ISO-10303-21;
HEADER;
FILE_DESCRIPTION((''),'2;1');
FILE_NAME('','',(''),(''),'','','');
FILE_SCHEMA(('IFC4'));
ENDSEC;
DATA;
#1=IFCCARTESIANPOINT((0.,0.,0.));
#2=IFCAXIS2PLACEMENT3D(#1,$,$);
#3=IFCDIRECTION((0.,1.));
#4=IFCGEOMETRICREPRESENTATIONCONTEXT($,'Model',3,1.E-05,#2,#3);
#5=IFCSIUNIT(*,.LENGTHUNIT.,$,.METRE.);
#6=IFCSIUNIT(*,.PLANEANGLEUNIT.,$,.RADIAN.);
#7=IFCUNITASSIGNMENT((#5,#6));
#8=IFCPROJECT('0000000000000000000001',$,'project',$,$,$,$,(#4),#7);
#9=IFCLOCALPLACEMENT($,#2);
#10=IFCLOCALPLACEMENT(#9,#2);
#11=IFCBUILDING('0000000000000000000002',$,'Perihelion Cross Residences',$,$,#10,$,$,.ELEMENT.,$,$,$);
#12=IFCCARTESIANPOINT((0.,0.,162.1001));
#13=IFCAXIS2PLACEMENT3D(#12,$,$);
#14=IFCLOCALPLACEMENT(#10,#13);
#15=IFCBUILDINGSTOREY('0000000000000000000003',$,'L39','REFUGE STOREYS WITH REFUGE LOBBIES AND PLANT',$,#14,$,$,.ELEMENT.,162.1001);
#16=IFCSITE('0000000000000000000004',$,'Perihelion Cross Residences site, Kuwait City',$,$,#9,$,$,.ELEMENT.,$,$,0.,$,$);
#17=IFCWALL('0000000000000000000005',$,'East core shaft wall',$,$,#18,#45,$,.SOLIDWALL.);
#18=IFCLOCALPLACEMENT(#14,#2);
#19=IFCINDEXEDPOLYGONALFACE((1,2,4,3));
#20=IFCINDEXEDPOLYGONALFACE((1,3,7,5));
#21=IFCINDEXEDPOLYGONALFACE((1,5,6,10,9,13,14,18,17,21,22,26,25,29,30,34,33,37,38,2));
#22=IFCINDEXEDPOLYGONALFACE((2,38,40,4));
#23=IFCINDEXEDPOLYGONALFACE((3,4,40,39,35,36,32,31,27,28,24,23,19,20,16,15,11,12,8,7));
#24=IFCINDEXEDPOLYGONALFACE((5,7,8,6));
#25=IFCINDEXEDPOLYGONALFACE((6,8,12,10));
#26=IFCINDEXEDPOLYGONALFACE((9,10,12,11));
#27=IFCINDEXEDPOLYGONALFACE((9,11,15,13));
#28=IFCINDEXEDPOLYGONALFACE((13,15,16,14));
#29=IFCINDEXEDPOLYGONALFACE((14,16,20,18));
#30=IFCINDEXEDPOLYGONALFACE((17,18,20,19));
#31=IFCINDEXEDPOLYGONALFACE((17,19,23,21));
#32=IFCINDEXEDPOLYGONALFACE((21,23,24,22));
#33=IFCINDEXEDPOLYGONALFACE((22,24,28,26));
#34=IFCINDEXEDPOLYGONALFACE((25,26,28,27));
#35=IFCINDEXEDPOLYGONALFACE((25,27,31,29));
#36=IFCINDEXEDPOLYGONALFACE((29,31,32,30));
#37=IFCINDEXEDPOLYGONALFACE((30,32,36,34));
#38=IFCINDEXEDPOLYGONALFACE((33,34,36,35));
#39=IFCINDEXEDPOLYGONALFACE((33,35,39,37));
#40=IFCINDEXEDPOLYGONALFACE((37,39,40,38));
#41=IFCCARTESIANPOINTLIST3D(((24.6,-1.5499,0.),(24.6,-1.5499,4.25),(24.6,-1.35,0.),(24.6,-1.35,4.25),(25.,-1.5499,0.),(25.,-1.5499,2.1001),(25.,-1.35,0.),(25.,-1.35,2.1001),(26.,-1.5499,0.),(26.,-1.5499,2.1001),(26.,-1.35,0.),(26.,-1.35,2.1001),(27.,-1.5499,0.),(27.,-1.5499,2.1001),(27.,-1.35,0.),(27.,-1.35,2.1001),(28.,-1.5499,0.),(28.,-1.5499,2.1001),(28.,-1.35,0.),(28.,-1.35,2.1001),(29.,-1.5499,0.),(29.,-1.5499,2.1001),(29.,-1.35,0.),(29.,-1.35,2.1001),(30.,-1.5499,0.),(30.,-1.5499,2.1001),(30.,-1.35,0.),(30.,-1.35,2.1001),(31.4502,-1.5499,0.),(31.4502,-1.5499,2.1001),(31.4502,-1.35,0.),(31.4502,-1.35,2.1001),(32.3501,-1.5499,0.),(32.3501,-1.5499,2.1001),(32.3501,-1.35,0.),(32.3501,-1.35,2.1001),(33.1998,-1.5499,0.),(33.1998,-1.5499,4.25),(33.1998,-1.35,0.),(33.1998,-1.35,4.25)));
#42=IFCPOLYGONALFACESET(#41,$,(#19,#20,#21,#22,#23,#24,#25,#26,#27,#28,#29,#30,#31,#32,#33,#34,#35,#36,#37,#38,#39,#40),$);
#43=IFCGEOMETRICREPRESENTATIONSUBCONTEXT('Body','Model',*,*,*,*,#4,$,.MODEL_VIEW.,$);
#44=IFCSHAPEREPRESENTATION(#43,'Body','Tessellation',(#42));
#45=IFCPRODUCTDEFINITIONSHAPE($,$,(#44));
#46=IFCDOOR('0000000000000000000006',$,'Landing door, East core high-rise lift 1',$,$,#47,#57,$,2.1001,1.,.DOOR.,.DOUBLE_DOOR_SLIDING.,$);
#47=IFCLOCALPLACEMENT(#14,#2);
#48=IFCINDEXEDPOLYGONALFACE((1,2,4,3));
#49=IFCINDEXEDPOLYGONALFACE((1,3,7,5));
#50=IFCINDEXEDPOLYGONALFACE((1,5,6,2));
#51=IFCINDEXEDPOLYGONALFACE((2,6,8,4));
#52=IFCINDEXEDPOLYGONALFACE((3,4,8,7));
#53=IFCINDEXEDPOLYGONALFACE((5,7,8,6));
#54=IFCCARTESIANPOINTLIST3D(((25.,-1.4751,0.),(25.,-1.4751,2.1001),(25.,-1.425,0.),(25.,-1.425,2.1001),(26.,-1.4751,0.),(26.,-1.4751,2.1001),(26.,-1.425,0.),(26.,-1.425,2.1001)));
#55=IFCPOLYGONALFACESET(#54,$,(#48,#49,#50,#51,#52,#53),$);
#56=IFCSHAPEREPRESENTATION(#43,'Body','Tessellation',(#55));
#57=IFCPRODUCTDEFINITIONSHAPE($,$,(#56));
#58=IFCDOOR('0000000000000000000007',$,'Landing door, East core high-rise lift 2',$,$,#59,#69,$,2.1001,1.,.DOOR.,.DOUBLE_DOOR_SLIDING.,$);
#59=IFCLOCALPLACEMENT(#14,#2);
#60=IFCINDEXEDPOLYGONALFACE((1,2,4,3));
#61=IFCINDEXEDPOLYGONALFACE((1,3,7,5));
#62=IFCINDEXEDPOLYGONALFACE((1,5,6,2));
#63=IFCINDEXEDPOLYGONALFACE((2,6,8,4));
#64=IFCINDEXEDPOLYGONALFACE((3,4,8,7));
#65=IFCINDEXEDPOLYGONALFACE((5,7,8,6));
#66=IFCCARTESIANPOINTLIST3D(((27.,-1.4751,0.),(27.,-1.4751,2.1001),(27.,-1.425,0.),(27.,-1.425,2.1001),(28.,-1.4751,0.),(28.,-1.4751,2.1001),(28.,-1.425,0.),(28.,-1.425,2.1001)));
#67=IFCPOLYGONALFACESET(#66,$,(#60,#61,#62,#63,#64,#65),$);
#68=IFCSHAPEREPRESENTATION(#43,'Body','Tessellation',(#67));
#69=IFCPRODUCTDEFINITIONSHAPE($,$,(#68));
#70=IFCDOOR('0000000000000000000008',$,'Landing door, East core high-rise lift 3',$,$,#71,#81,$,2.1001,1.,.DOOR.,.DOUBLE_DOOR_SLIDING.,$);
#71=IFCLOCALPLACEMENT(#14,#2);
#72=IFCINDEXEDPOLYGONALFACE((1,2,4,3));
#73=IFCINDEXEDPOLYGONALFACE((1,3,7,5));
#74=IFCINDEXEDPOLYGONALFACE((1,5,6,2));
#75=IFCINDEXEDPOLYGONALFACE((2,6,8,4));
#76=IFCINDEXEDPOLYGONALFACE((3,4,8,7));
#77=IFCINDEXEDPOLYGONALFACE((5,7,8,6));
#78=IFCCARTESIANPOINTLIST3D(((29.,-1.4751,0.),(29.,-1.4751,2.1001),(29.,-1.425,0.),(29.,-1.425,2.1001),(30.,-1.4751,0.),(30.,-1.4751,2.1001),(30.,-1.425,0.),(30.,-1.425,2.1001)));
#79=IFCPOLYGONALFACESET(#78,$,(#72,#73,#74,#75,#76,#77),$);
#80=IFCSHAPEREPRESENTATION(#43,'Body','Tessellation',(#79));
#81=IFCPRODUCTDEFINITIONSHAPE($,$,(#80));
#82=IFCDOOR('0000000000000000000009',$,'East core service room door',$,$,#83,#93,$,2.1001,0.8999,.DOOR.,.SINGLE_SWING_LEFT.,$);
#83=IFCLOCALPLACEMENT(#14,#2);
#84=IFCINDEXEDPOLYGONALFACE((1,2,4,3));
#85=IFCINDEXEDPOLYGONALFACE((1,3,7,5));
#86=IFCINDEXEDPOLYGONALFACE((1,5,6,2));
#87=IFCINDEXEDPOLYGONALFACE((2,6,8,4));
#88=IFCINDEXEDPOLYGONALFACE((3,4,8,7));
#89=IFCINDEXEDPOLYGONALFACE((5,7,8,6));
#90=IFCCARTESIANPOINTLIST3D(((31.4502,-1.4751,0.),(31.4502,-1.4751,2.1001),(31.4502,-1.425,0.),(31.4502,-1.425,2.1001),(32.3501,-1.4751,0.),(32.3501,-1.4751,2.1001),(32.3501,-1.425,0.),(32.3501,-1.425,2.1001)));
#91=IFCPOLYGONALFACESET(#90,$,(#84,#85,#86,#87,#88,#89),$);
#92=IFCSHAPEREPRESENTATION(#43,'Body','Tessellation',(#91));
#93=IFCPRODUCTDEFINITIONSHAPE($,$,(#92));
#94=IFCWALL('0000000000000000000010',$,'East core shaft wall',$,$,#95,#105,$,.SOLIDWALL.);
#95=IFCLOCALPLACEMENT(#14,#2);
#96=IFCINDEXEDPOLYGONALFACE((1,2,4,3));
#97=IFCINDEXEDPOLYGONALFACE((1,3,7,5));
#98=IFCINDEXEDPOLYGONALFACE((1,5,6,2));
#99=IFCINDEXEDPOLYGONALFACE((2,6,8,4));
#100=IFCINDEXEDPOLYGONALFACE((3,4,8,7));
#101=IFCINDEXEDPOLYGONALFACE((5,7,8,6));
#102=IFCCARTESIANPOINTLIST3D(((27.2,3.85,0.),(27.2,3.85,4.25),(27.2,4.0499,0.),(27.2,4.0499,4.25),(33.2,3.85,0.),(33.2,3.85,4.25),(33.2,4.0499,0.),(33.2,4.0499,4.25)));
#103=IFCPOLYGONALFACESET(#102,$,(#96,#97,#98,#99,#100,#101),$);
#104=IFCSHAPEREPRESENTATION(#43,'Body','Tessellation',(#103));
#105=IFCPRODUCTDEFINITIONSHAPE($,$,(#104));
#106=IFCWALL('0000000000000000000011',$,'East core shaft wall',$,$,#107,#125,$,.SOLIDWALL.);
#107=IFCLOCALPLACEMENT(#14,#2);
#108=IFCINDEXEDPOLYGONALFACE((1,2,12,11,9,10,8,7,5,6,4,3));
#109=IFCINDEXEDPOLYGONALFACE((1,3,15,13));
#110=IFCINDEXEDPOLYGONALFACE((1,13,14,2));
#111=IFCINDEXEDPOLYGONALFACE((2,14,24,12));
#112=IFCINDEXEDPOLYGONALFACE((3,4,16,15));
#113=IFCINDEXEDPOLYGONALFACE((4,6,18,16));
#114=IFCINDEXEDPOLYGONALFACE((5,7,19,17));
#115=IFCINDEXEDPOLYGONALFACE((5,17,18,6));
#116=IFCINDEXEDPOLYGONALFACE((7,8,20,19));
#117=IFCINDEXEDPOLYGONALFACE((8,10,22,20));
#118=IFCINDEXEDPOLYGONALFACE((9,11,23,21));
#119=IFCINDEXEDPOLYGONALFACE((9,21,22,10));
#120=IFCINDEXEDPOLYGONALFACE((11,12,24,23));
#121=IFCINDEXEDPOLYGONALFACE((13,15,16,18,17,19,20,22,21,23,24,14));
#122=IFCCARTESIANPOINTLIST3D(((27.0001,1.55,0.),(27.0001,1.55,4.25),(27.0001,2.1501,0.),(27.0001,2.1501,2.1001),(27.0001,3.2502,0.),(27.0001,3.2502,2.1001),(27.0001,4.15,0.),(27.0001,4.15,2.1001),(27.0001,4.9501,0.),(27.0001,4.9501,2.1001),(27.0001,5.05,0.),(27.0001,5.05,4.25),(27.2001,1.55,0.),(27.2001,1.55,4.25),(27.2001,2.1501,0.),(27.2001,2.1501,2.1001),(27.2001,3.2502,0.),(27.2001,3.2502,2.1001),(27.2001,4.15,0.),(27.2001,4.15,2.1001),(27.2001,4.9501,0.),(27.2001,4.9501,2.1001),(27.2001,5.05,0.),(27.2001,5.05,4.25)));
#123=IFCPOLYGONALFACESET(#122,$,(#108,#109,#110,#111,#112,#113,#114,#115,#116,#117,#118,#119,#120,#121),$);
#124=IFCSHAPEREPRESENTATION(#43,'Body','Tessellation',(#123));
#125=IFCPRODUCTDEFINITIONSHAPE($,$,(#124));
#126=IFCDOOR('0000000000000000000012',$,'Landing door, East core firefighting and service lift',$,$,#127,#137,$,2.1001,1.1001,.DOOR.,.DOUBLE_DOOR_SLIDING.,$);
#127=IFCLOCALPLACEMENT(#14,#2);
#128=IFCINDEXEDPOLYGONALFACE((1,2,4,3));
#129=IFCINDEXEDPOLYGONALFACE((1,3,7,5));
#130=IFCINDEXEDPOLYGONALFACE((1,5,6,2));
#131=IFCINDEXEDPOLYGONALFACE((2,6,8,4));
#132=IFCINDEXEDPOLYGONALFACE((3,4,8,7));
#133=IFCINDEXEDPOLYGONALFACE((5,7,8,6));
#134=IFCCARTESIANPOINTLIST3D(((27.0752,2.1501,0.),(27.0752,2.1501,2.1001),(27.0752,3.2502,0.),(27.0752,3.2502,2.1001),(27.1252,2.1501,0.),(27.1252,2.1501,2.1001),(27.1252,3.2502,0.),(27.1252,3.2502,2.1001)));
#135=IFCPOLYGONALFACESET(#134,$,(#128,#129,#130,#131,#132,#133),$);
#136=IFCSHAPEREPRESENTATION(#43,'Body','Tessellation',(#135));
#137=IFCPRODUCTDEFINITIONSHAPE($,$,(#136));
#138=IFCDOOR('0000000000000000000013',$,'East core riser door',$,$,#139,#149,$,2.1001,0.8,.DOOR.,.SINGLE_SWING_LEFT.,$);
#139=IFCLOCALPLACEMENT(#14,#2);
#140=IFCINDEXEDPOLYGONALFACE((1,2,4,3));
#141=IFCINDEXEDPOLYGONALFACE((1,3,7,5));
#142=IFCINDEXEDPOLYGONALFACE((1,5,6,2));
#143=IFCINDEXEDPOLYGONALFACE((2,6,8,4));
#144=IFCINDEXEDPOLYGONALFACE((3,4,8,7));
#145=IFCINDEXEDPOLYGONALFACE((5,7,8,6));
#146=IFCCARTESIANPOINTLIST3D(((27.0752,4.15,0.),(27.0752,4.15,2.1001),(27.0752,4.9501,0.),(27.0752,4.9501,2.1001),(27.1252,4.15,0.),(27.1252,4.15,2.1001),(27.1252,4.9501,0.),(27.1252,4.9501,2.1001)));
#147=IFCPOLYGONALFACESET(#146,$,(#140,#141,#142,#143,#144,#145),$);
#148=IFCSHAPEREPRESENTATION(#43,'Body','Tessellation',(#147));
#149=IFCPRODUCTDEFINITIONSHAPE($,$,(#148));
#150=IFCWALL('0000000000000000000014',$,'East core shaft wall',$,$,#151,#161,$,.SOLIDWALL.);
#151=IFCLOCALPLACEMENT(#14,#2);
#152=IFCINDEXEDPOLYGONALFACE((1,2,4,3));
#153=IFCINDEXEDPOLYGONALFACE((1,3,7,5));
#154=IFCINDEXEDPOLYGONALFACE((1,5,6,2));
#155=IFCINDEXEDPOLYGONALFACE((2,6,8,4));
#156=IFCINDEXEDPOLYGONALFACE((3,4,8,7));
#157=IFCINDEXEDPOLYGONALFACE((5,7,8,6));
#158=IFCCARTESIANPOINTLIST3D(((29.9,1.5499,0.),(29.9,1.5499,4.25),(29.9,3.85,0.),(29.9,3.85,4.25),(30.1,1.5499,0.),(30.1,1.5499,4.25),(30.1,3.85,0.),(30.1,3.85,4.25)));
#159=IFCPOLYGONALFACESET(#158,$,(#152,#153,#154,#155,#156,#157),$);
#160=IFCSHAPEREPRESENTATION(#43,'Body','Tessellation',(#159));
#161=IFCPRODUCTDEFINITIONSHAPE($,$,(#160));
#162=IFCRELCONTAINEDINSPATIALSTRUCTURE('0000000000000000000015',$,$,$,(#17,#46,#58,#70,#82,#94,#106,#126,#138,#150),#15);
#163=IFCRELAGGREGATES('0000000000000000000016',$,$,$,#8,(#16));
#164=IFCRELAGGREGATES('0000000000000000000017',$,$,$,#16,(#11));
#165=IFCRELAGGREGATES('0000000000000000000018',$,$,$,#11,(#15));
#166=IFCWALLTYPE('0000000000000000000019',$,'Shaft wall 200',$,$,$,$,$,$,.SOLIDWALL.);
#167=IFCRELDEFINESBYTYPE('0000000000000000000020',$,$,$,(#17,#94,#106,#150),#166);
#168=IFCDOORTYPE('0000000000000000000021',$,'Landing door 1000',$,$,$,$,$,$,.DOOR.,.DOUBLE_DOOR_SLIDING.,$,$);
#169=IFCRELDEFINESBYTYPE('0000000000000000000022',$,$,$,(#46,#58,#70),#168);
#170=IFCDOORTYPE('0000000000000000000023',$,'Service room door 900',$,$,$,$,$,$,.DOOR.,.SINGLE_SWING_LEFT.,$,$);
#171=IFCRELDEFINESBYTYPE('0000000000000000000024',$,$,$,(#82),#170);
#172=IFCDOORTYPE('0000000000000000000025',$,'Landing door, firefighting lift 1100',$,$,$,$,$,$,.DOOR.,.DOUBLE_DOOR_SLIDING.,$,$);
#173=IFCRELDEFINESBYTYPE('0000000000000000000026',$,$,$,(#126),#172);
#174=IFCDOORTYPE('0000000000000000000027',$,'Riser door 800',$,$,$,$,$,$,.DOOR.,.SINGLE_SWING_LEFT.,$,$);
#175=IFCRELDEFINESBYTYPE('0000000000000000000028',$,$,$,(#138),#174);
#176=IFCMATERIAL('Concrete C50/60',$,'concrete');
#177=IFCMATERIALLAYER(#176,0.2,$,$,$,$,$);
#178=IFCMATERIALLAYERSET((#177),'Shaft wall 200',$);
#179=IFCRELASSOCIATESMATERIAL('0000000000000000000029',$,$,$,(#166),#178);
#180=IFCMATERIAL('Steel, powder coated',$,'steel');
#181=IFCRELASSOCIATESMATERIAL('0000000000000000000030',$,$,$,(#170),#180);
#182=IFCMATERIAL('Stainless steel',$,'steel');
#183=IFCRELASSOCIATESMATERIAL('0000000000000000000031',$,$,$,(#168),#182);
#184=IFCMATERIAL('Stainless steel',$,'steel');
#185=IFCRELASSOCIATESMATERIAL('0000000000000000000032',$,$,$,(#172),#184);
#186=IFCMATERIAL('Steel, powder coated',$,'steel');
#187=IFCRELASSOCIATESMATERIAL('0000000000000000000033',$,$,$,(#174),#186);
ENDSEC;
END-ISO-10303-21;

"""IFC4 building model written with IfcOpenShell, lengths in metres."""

from ifc_helpers import new_model, si_unit, direction, frame, frame_2d, origin, place, context, subcontext, project, spatial, rectangle, extrude, material, layer, layer_set, type_object, element, fill, save


model = new_model("IFC4")

# Units and contexts
model_context = context("Model", 3, precision=1e-05, world=origin(), true_north=direction((0.0, 1.0)))
body_context = subcontext(model_context, "Body", "Model", "MODEL_VIEW")
ifc_project = project(units=[si_unit("LENGTHUNIT", "METRE"), si_unit("PLANEANGLEUNIT", "RADIAN")], contexts=[model_context])

# Site, building, storey
site_placement = place(None, origin())
site = spatial("IfcSite", under=ifc_project, at=site_placement, Name="Perihelion Cross Residences site, Kuwait City", CompositionType="ELEMENT", RefElevation=0.0)
building_placement = place(site_placement, origin())
building = spatial("IfcBuilding", under=site, at=building_placement, Name="Perihelion Cross Residences", CompositionType="ELEMENT")
storey_placement = place(building_placement, frame((0.0, 0.0, 162.1001)))
storey = spatial("IfcBuildingStorey", under=building, at=storey_placement, Name="L39", Description="REFUGE STOREYS WITH REFUGE LOBBIES AND PLANT", CompositionType="ELEMENT", Elevation=162.1001)

# Wall, openings, doors
ifc_material_1 = material(Name="Concrete C50/60", Category="concrete")
ifc_layer_1 = layer(ifc_material_1, 0.2)
ifc_layer_set_1 = layer_set([ifc_layer_1], Name="Shaft wall 200")
wall_type_1 = type_object("IfcWallType", Name="Shaft wall 200", PredefinedType="SOLIDWALL", material=ifc_layer_set_1)
ifc_material_2 = material(Name="Steel, powder coated", Category="steel")
door_type_1 = type_object("IfcDoorType", Name="Service room door 900", OperationType="SINGLE_SWING_LEFT", PredefinedType="DOOR", material=ifc_material_2)
wall_1_placement = place(storey_placement, frame((24.6001, -1.45, 0.0), z_axis=(0.0, 0.0, 1.0), x_axis=(1.0, 0.0, 0.0)))
wall_1 = element("IfcWall", 1, at=wall_1_placement, inside=storey, type_object=wall_type_1, Name="East core shaft wall", PredefinedType="SOLIDWALL", context=body_context, shape_type="SweptSolid", body=[
    extrude(rectangle(XDim=8.5999, YDim=0.2, at=frame_2d((4.2998, 0.0))), origin(), (0.0, 0.0, 1.0), 4.25),
])
opening_1_placement = place(wall_1_placement, frame((0.3999, 0.0, 0.0)))
opening_1 = element("IfcOpeningElement", 2, at=opening_1_placement, cuts=wall_1, PredefinedType="OPENING", context=body_context, shape_type="SweptSolid", body=[
    extrude(rectangle(XDim=1.0, YDim=2.1001, at=frame_2d((0.5, 1.05))), frame((0.0, 0.1099, 0.0), z_axis=(0.0, -1.0, 0.0), x_axis=(1.0, 0.0, 0.0)), (0.0, 0.0, 1.0), 0.22),
])
opening_2_placement = place(wall_1_placement, frame((2.3999, 0.0, 0.0)))
opening_2 = element("IfcOpeningElement", 3, at=opening_2_placement, cuts=wall_1, PredefinedType="OPENING", context=body_context, shape_type="SweptSolid", body=[
    extrude(rectangle(XDim=1.0, YDim=2.1001, at=frame_2d((0.5, 1.05))), frame((0.0, 0.1099, 0.0), z_axis=(0.0, -1.0, 0.0), x_axis=(1.0, 0.0, 0.0)), (0.0, 0.0, 1.0), 0.22),
])
opening_3_placement = place(wall_1_placement, frame((4.3999, 0.0, 0.0)))
opening_3 = element("IfcOpeningElement", 4, at=opening_3_placement, cuts=wall_1, PredefinedType="OPENING", context=body_context, shape_type="SweptSolid", body=[
    extrude(rectangle(XDim=1.0, YDim=2.1001, at=frame_2d((0.5, 1.05))), frame((0.0, 0.1099, 0.0), z_axis=(0.0, -1.0, 0.0), x_axis=(1.0, 0.0, 0.0)), (0.0, 0.0, 1.0), 0.22),
])
opening_4_placement = place(wall_1_placement, frame((6.8501, 0.0, 0.0)))
opening_4 = element("IfcOpeningElement", 5, at=opening_4_placement, cuts=wall_1, PredefinedType="OPENING", context=body_context, shape_type="SweptSolid", body=[
    extrude(rectangle(XDim=0.8999, YDim=2.1001, at=frame_2d((0.45, 1.05))), frame((0.0, 0.1099, 0.0), z_axis=(0.0, -1.0, 0.0), x_axis=(1.0, 0.0, 0.0)), (0.0, 0.0, 1.0), 0.22),
])
ifc_material_3 = material(Name="Stainless steel", Category="steel")
door_type_2 = type_object("IfcDoorType", Name="Landing door 1000", OperationType="DOUBLE_DOOR_SLIDING", PredefinedType="DOOR", material=ifc_material_3)
door_1_placement = place(opening_1_placement, origin())
door_1 = element("IfcDoor", 6, at=door_1_placement, inside=storey, type_object=door_type_2, Name="Landing door, East core high-rise lift 1", OperationType="DOUBLE_DOOR_SLIDING", OverallHeight=2.1001, OverallWidth=1.0, PredefinedType="DOOR", context=body_context, shape_type="SweptSolid", body=[
    extrude(rectangle(XDim=1.0, YDim=2.1001, at=frame_2d((0.5, 1.05))), frame((0.0, 0.0249, 0.0), z_axis=(0.0, -1.0, 0.0), x_axis=(1.0, 0.0, 0.0)), (0.0, 0.0, 1.0), 0.05),
])
fill(opening_1, door_1)
door_2_placement = place(opening_2_placement, origin())
door_2 = element("IfcDoor", 7, at=door_2_placement, inside=storey, type_object=door_type_2, Name="Landing door, East core high-rise lift 2", OperationType="DOUBLE_DOOR_SLIDING", OverallHeight=2.1001, OverallWidth=1.0, PredefinedType="DOOR", context=body_context, shape_type="SweptSolid", body=[
    extrude(rectangle(XDim=1.0, YDim=2.1001, at=frame_2d((0.5, 1.05))), frame((0.0, 0.0249, 0.0), z_axis=(0.0, -1.0, 0.0), x_axis=(1.0, 0.0, 0.0)), (0.0, 0.0, 1.0), 0.05),
])
fill(opening_2, door_2)
door_3_placement = place(opening_3_placement, origin())
door_3 = element("IfcDoor", 8, at=door_3_placement, inside=storey, type_object=door_type_2, Name="Landing door, East core high-rise lift 3", OperationType="DOUBLE_DOOR_SLIDING", OverallHeight=2.1001, OverallWidth=1.0, PredefinedType="DOOR", context=body_context, shape_type="SweptSolid", body=[
    extrude(rectangle(XDim=1.0, YDim=2.1001, at=frame_2d((0.5, 1.05))), frame((0.0, 0.0249, 0.0), z_axis=(0.0, -1.0, 0.0), x_axis=(1.0, 0.0, 0.0)), (0.0, 0.0, 1.0), 0.05),
])
fill(opening_3, door_3)
door_4_placement = place(opening_4_placement, origin())
door_4 = element("IfcDoor", 9, at=door_4_placement, inside=storey, type_object=door_type_1, Name="East core service room door", OperationType="SINGLE_SWING_LEFT", OverallHeight=2.1001, OverallWidth=0.8999, PredefinedType="DOOR", context=body_context, shape_type="SweptSolid", body=[
    extrude(rectangle(XDim=0.8999, YDim=2.1001, at=frame_2d((0.45, 1.05))), frame((0.0, 0.0249, 0.0), z_axis=(0.0, -1.0, 0.0), x_axis=(1.0, 0.0, 0.0)), (0.0, 0.0, 1.0), 0.05),
])
fill(opening_4, door_4)

# Wall
wall_2_placement = place(storey_placement, frame((27.2, 3.95, 0.0), z_axis=(0.0, 0.0, 1.0), x_axis=(1.0, 0.0, 0.0)))
element("IfcWall", 10, at=wall_2_placement, inside=storey, type_object=wall_type_1, Name="East core shaft wall", PredefinedType="SOLIDWALL", context=body_context, shape_type="SweptSolid", body=[
    extrude(rectangle(XDim=6.0, YDim=0.2, at=frame_2d((3.0, 0.0))), origin(), (0.0, 0.0, 1.0), 4.25),
])

# Wall, openings, doors
wall_3_placement = place(storey_placement, frame((27.1001, 1.55, 0.0), z_axis=(0.0, 0.0, 1.0), x_axis=(0.0, 1.0, 0.0)))
wall_3 = element("IfcWall", 11, at=wall_3_placement, inside=storey, type_object=wall_type_1, Name="East core shaft wall", PredefinedType="SOLIDWALL", context=body_context, shape_type="SweptSolid", body=[
    extrude(rectangle(XDim=3.5, YDim=0.2, at=frame_2d((1.75, 0.0))), origin(), (0.0, 0.0, 1.0), 4.25),
])
opening_5_placement = place(wall_3_placement, frame((0.6001, 0.0, 0.0)))
opening_5 = element("IfcOpeningElement", 12, at=opening_5_placement, cuts=wall_3, PredefinedType="OPENING", context=body_context, shape_type="SweptSolid", body=[
    extrude(rectangle(XDim=1.1001, YDim=2.1001, at=frame_2d((0.55, 1.05))), frame((0.0, 0.1099, 0.0), z_axis=(0.0, -1.0, 0.0), x_axis=(1.0, 0.0, 0.0)), (0.0, 0.0, 1.0), 0.22),
])
opening_6_placement = place(wall_3_placement, frame((2.6001, 0.0, 0.0)))
opening_6 = element("IfcOpeningElement", 13, at=opening_6_placement, cuts=wall_3, PredefinedType="OPENING", context=body_context, shape_type="SweptSolid", body=[
    extrude(rectangle(XDim=0.8, YDim=2.1001, at=frame_2d((0.3999, 1.05))), frame((0.0, 0.1099, 0.0), z_axis=(0.0, -1.0, 0.0), x_axis=(1.0, 0.0, 0.0)), (0.0, 0.0, 1.0), 0.22),
])
ifc_material_4 = material(Name="Stainless steel", Category="steel")
door_type_3 = type_object("IfcDoorType", Name="Landing door, firefighting lift 1100", OperationType="DOUBLE_DOOR_SLIDING", PredefinedType="DOOR", material=ifc_material_4)
door_5_placement = place(opening_5_placement, origin())
door_5 = element("IfcDoor", 14, at=door_5_placement, inside=storey, type_object=door_type_3, Name="Landing door, East core firefighting and service lift", OperationType="DOUBLE_DOOR_SLIDING", OverallHeight=2.1001, OverallWidth=1.1001, PredefinedType="DOOR", context=body_context, shape_type="SweptSolid", body=[
    extrude(rectangle(XDim=1.1001, YDim=2.1001, at=frame_2d((0.55, 1.05))), frame((0.0, 0.0249, 0.0), z_axis=(0.0, -1.0, 0.0), x_axis=(1.0, 0.0, 0.0)), (0.0, 0.0, 1.0), 0.05),
])
fill(opening_5, door_5)
ifc_material_5 = material(Name="Steel, powder coated", Category="steel")
door_type_4 = type_object("IfcDoorType", Name="Riser door 800", OperationType="SINGLE_SWING_LEFT", PredefinedType="DOOR", material=ifc_material_5)
door_6_placement = place(opening_6_placement, origin())
door_6 = element("IfcDoor", 15, at=door_6_placement, inside=storey, type_object=door_type_4, Name="East core riser door", OperationType="SINGLE_SWING_LEFT", OverallHeight=2.1001, OverallWidth=0.8, PredefinedType="DOOR", context=body_context, shape_type="SweptSolid", body=[
    extrude(rectangle(XDim=0.8, YDim=2.1001, at=frame_2d((0.3999, 1.05))), frame((0.0, 0.0249, 0.0), z_axis=(0.0, -1.0, 0.0), x_axis=(1.0, 0.0, 0.0)), (0.0, 0.0, 1.0), 0.05),
])
fill(opening_6, door_6)

# Wall
for number, where, z_axis, x_axis, name in (
    (16, (30.0, 1.55, 0.0), (0.0, 0.0, 1.0), (0.0, 1.0, 0.0), "East core shaft wall"),
):
    element("IfcWall", number, at=place(storey_placement, frame(where, z_axis=z_axis, x_axis=x_axis)), inside=storey, type_object=wall_type_1, Name=name, PredefinedType="SOLIDWALL", context=body_context, shape_type="SweptSolid", body=[
        extrude(rectangle(XDim=2.3, YDim=0.2, at=frame_2d((1.1499, 0.0))), origin(), (0.0, 0.0, 1.0), 4.25),
    ])

save(model, "model.ifc")
